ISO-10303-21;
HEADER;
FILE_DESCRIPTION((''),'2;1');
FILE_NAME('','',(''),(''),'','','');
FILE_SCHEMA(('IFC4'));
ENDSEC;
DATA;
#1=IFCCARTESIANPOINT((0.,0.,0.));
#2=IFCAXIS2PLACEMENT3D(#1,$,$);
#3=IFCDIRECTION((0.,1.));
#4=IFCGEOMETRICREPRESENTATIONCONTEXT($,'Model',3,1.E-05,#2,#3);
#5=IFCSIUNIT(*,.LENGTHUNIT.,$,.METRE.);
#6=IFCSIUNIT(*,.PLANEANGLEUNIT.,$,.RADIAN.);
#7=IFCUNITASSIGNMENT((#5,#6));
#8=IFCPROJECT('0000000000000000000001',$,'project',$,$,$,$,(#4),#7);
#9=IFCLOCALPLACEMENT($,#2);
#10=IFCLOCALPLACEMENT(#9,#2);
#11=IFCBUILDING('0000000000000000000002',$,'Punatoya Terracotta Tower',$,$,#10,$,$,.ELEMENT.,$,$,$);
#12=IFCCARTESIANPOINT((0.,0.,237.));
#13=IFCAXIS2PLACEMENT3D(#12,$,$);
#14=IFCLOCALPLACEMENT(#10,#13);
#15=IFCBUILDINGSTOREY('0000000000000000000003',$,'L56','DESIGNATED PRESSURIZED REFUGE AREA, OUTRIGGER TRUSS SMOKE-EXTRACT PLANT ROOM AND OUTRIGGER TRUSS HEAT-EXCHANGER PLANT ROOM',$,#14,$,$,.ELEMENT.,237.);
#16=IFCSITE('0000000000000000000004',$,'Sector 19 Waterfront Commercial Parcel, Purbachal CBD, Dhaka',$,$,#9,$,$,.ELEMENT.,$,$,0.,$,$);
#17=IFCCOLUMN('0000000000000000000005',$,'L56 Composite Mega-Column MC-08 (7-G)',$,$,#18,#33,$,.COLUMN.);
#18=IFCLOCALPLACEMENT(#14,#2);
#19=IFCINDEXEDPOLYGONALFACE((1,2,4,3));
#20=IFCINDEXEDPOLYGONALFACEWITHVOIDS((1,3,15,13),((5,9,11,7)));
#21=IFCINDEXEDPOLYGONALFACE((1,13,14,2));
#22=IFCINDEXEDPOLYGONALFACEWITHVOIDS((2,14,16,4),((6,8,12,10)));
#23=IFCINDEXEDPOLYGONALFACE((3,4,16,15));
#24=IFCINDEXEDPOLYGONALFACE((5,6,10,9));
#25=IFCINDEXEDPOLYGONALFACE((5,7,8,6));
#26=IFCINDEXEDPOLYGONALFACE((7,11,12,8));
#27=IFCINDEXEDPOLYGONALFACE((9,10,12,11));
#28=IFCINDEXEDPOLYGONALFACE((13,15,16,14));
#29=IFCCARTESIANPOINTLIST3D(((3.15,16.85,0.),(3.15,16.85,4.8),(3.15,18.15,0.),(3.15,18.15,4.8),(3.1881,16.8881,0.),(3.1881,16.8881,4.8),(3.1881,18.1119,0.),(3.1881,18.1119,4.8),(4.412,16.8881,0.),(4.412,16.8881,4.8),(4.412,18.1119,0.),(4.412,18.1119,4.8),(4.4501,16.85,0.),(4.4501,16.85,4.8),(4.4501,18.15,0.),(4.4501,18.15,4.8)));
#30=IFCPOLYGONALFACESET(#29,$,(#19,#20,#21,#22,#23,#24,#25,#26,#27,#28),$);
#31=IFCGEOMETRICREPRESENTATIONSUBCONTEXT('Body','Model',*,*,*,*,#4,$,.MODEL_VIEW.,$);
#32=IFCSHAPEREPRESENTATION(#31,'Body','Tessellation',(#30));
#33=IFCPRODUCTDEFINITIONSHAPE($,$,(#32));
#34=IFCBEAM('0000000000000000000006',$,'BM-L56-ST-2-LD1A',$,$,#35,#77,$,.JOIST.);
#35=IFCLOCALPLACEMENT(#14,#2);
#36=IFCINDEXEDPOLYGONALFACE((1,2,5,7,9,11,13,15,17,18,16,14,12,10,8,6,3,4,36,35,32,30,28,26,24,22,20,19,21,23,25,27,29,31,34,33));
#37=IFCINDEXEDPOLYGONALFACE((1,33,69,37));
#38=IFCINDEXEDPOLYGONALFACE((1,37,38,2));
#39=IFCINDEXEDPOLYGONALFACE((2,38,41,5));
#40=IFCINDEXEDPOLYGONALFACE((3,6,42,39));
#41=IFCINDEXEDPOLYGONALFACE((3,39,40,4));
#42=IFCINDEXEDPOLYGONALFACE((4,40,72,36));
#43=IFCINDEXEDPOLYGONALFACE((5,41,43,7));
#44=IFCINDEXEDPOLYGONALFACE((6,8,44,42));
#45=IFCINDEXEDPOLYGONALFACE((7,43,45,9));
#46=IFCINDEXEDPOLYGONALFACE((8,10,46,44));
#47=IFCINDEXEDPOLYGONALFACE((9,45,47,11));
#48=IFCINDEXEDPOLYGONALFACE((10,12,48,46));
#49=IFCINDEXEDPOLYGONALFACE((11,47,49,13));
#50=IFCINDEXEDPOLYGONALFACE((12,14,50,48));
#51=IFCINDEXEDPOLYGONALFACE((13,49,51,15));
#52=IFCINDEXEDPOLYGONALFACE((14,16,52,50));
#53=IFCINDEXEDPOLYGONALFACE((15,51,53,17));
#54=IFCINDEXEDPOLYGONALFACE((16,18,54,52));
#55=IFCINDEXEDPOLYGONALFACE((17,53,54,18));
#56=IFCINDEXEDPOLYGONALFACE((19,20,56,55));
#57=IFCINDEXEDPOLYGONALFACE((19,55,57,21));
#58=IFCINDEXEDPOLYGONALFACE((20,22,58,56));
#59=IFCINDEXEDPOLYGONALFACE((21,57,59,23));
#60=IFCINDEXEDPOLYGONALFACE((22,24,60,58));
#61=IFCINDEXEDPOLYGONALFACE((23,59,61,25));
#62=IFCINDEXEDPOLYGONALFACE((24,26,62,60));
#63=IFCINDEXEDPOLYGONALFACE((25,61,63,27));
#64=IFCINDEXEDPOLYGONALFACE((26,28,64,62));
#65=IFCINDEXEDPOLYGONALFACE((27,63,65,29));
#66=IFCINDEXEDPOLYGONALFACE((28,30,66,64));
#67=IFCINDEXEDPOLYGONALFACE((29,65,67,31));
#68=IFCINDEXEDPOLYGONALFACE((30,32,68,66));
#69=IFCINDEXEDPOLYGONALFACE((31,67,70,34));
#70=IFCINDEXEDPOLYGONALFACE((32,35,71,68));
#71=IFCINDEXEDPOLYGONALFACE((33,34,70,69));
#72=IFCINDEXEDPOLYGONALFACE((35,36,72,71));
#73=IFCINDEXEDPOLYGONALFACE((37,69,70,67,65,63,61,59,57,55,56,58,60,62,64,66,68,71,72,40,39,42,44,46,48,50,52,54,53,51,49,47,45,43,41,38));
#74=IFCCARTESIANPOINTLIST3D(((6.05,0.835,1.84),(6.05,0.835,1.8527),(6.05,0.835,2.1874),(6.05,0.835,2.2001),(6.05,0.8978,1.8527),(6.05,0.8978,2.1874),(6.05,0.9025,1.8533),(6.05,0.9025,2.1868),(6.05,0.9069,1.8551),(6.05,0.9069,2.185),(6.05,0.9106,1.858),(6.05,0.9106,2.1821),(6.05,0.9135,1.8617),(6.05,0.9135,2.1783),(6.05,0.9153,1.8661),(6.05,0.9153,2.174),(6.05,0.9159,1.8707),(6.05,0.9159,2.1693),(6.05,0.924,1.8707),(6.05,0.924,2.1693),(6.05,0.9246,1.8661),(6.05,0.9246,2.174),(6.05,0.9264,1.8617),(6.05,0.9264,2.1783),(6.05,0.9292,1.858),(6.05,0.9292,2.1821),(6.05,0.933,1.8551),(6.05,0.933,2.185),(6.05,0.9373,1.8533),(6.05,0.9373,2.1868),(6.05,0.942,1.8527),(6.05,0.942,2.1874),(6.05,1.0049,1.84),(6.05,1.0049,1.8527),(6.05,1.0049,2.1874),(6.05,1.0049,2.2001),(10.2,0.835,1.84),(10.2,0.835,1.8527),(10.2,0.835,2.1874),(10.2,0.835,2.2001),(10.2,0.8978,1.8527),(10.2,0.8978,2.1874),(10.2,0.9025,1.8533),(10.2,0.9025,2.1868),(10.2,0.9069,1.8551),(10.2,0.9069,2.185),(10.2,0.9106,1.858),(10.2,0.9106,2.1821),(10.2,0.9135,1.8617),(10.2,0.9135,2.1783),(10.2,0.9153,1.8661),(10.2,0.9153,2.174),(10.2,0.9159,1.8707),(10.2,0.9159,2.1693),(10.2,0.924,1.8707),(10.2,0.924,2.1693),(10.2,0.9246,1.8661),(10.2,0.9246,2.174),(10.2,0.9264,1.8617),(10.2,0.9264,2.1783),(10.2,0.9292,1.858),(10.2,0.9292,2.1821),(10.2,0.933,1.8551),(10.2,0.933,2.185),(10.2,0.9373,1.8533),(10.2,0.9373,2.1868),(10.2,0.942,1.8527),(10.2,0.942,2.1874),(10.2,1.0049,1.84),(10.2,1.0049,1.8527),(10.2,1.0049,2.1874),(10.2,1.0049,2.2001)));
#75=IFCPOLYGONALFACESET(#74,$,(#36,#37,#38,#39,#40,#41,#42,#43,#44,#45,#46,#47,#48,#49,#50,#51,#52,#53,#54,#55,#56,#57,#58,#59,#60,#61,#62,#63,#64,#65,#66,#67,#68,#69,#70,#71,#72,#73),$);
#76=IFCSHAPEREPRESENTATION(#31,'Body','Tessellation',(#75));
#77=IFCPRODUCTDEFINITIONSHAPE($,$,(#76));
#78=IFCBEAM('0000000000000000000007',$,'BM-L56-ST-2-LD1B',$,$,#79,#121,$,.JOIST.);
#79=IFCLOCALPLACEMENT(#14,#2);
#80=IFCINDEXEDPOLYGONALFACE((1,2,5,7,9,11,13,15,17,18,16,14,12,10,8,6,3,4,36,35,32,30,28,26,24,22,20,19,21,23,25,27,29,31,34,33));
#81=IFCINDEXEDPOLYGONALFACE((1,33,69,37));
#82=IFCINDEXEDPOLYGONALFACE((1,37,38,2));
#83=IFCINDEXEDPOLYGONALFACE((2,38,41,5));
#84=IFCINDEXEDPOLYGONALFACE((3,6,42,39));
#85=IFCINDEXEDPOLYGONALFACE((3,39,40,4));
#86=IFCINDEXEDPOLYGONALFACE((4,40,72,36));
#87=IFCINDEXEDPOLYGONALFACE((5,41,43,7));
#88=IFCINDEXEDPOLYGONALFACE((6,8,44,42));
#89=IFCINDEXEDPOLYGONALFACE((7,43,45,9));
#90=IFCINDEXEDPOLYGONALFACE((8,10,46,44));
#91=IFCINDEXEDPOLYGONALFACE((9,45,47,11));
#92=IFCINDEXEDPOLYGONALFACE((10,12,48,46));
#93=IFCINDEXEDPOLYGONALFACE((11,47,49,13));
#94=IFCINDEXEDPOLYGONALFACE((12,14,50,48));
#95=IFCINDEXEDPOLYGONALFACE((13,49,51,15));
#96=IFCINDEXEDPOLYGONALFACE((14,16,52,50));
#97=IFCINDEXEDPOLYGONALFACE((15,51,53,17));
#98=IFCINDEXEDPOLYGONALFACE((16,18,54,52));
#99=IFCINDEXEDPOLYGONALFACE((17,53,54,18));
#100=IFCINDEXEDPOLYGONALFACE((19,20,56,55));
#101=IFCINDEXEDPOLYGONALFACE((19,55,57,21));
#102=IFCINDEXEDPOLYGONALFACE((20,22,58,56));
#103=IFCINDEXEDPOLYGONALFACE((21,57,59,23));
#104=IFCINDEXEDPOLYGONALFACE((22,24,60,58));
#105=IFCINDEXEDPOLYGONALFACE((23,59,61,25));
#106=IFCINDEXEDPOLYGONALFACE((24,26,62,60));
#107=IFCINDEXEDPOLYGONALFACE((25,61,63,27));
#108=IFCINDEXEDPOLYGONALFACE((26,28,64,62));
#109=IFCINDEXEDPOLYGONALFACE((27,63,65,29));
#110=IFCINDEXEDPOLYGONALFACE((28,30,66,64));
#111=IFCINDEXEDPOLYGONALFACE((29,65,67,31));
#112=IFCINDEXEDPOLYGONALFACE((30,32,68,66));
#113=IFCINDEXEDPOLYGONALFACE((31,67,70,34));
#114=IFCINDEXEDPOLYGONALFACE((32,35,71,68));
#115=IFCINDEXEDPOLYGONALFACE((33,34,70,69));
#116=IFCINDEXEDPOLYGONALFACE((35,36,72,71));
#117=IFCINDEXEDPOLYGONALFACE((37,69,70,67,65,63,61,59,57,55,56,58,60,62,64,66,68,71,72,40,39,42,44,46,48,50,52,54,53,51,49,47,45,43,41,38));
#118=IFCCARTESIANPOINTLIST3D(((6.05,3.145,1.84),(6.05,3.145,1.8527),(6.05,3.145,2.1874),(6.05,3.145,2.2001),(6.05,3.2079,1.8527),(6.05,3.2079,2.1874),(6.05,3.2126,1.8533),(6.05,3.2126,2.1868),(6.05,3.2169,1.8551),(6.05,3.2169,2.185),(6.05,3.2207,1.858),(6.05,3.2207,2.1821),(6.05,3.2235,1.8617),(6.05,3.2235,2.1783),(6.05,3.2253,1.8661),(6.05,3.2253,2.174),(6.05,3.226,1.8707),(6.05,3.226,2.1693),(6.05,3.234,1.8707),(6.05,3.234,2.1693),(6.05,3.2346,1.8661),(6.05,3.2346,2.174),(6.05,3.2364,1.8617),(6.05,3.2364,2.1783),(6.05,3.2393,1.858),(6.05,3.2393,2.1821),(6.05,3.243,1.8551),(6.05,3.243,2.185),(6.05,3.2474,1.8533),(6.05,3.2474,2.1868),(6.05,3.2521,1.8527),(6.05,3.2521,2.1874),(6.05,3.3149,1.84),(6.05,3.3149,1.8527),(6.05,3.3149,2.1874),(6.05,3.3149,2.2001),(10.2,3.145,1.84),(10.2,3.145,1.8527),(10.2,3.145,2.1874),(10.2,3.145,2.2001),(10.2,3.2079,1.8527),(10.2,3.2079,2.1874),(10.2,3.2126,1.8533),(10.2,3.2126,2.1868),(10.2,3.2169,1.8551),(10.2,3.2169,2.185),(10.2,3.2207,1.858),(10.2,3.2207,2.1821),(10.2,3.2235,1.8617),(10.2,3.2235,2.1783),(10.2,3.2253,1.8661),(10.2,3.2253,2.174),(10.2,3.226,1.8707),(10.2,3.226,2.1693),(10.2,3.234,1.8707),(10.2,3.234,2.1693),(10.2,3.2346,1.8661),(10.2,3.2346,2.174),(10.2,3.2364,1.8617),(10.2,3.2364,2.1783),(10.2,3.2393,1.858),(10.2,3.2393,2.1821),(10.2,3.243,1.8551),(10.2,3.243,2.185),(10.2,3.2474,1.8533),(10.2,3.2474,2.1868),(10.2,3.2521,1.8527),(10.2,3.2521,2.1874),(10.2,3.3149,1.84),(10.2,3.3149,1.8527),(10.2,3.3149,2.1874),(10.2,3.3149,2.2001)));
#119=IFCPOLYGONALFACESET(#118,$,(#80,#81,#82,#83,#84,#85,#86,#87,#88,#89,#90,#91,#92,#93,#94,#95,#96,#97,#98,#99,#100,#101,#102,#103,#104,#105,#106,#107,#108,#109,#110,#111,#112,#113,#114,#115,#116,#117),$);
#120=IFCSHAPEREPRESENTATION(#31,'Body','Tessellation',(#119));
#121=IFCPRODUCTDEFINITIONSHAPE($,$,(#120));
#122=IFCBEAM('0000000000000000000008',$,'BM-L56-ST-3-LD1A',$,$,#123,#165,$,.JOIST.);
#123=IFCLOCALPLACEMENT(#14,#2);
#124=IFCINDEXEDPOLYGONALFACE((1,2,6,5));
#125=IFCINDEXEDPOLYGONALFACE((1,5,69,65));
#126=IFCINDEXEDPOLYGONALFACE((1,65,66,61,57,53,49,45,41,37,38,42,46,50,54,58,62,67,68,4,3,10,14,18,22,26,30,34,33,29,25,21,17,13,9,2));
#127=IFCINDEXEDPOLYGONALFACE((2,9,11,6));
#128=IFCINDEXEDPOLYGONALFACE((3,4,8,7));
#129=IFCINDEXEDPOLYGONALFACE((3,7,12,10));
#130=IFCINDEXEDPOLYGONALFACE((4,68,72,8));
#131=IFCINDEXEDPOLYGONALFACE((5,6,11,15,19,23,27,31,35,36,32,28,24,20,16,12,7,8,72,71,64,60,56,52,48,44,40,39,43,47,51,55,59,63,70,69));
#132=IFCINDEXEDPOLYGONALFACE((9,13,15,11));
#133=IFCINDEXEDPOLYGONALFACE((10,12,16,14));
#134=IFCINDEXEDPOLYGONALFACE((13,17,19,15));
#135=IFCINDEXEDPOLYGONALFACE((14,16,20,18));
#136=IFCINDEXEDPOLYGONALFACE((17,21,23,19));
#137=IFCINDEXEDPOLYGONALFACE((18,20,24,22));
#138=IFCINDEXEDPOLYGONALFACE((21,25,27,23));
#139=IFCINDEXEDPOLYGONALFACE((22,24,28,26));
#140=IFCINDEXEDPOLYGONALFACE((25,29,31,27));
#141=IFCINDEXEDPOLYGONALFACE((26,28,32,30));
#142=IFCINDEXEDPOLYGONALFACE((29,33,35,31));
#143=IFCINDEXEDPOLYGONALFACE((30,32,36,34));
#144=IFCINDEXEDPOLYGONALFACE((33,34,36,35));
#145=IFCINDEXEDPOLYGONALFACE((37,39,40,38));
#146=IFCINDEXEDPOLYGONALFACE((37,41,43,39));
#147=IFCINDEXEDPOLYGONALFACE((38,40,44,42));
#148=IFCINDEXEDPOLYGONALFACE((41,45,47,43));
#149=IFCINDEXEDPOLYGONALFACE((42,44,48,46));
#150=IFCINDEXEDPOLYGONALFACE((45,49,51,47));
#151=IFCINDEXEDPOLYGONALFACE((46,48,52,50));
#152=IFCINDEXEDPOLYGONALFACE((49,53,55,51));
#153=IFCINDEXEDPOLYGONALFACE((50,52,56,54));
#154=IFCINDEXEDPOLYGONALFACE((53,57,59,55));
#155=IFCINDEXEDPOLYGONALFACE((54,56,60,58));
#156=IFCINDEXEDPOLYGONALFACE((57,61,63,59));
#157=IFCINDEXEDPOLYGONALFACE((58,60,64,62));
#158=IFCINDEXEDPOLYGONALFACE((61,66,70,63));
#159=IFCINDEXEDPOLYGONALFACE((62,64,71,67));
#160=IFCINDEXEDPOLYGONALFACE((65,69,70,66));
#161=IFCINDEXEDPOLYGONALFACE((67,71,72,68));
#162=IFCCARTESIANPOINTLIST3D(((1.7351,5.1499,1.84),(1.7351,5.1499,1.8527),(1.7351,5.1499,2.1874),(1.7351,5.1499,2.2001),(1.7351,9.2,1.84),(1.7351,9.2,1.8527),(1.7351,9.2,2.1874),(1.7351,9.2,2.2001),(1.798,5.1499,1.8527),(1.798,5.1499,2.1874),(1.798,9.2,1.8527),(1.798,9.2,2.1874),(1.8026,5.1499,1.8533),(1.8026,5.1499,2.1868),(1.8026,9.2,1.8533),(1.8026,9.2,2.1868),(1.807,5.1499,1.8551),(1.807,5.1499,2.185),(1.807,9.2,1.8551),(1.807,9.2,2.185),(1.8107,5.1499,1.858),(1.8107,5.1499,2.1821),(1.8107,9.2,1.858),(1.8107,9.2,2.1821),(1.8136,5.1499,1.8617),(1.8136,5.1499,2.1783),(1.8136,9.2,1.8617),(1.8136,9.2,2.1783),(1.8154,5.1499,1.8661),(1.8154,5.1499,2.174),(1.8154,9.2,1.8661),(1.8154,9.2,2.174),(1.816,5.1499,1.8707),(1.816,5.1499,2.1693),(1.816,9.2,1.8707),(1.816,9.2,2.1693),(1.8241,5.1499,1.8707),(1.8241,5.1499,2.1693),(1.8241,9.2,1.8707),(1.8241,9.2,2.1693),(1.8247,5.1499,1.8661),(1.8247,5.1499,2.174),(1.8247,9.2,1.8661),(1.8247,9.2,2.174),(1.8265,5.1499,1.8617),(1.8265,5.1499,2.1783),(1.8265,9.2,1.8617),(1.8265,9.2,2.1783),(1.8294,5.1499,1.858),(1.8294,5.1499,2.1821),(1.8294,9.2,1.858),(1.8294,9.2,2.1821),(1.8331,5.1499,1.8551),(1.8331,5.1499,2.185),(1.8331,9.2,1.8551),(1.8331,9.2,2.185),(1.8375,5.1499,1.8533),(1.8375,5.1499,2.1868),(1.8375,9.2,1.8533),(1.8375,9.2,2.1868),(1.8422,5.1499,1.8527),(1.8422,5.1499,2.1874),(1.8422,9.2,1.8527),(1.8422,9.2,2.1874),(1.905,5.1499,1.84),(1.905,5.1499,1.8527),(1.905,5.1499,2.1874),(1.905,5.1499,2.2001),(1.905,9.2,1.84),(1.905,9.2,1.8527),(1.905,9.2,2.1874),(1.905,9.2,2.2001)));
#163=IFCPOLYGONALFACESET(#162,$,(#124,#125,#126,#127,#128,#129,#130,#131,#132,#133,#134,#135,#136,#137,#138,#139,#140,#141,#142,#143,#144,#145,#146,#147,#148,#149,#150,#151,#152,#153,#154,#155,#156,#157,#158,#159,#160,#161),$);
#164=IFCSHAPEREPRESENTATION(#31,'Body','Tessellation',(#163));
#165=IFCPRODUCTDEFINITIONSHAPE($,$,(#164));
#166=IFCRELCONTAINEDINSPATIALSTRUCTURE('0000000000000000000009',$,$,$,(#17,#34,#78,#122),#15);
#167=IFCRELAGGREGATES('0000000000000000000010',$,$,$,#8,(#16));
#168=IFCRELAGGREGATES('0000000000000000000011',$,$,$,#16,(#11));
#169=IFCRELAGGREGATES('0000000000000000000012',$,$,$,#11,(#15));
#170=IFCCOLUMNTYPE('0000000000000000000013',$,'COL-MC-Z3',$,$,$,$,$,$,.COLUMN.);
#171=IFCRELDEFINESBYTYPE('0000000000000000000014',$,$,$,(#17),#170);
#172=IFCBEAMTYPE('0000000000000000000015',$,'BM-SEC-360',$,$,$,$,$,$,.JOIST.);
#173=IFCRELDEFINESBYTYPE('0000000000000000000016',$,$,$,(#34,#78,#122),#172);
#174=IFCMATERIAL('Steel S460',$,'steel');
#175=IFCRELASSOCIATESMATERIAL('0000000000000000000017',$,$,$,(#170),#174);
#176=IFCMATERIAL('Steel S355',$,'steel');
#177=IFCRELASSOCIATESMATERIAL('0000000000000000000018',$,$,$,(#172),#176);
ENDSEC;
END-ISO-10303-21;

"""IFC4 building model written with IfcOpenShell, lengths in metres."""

from ifc_helpers import new_model, si_unit, direction, frame, origin, origin_2d, place, context, subcontext, project, spatial, hollow_rectangle, i_section, extrude, material, material_profile, profile_set, type_object, element, save


model = new_model("IFC4")

# Units and contexts
model_context = context("Model", 3, precision=1e-05, world=origin(), true_north=direction((0.0, 1.0)))
body_context = subcontext(model_context, "Body", "Model", "MODEL_VIEW")
ifc_project = project(units=[si_unit("LENGTHUNIT", "METRE"), si_unit("PLANEANGLEUNIT", "RADIAN")], contexts=[model_context])

# Site, building, storey
site_placement = place(None, origin())
site = spatial("IfcSite", under=ifc_project, at=site_placement, Name="Sector 19 Waterfront Commercial Parcel, Purbachal CBD, Dhaka", CompositionType="ELEMENT", RefElevation=0.0)
building_placement = place(site_placement, origin())
building = spatial("IfcBuilding", under=site, at=building_placement, Name="Punatoya Terracotta Tower", CompositionType="ELEMENT")
storey_placement = place(building_placement, frame((0.0, 0.0, 237.0)))
storey = spatial("IfcBuildingStorey", under=building, at=storey_placement, Name="L56", Description="DESIGNATED PRESSURIZED REFUGE AREA, OUTRIGGER TRUSS SMOKE-EXTRACT PLANT ROOM AND OUTRIGGER TRUSS HEAT-EXCHANGER PLANT ROOM", CompositionType="ELEMENT", Elevation=237.0)

# Column
ifc_material_1 = material(Name="Steel S460", Category="steel")
ifc_material_profile_1 = material_profile(ifc_material_1, hollow_rectangle(XDim=1.3, YDim=1.3, WallThickness=0.0381, at=origin_2d()))
ifc_profile_set_1 = profile_set([ifc_material_profile_1], Name="Steel S460")
column_type = type_object("IfcColumnType", Name="COL-MC-Z3", PredefinedType="COLUMN", material=ifc_profile_set_1)
column_placement = place(storey_placement, frame((3.8, 17.5, 0.0), z_axis=(0.0, 0.0, 1.0), x_axis=(1.0, 0.0, 0.0)))
element("IfcColumn", 1, at=column_placement, inside=storey, type_object=column_type, Name="L56 Composite Mega-Column MC-08 (7-G)", PredefinedType="COLUMN", context=body_context, shape_type="SweptSolid", body=[
    extrude(hollow_rectangle(XDim=1.3, YDim=1.3, WallThickness=0.0381, at=origin_2d()), origin(), (0.0, 0.0, 1.0), 4.8),
])

# Beams
ifc_material_2 = material(Name="Steel S355", Category="steel")
ifc_material_profile_2 = material_profile(ifc_material_2, i_section(OverallWidth=0.1699, OverallDepth=0.3601, WebThickness=0.0081, FlangeThickness=0.0127, FilletRadius=0.0181, at=origin_2d()))
ifc_profile_set_2 = profile_set([ifc_material_profile_2], Name="Steel S355")
beam_type_1 = type_object("IfcBeamType", Name="BM-SEC-360", PredefinedType="JOIST", material=ifc_profile_set_2)
for number, where, z_axis, x_axis, name in (
    (2, (6.05, 0.9199, 2.02), (1.0, 0.0, 0.0), (0.0, 1.0, 0.0), "BM-L56-ST-2-LD1A"),
    (3, (6.05, 3.23, 2.02), (1.0, 0.0, 0.0), (0.0, 1.0, 0.0), "BM-L56-ST-2-LD1B"),
):
    element("IfcBeam", number, at=place(storey_placement, frame(where, z_axis=z_axis, x_axis=x_axis)), inside=storey, type_object=beam_type_1, Name=name, PredefinedType="JOIST", context=body_context, shape_type="SweptSolid", body=[
        extrude(i_section(OverallWidth=0.1699, OverallDepth=0.3601, WebThickness=0.0081, FlangeThickness=0.0127, FilletRadius=0.0181, at=origin_2d()), origin(), (0.0, 0.0, 1.0), 4.1499),
    ])
for number, where, z_axis, x_axis, name in (
    (4, (1.8201, 5.1499, 2.02), (0.0, 1.0, 0.0), (-1.0, 0.0, 0.0), "BM-L56-ST-3-LD1A"),
):
    element("IfcBeam", number, at=place(storey_placement, frame(where, z_axis=z_axis, x_axis=x_axis)), inside=storey, type_object=beam_type_1, Name=name, PredefinedType="JOIST", context=body_context, shape_type="SweptSolid", body=[
        extrude(i_section(OverallWidth=0.1699, OverallDepth=0.3601, WebThickness=0.0081, FlangeThickness=0.0127, FilletRadius=0.0181, at=origin_2d()), origin(), (0.0, 0.0, 1.0), 4.05),
    ])

save(model, "model.ifc")
